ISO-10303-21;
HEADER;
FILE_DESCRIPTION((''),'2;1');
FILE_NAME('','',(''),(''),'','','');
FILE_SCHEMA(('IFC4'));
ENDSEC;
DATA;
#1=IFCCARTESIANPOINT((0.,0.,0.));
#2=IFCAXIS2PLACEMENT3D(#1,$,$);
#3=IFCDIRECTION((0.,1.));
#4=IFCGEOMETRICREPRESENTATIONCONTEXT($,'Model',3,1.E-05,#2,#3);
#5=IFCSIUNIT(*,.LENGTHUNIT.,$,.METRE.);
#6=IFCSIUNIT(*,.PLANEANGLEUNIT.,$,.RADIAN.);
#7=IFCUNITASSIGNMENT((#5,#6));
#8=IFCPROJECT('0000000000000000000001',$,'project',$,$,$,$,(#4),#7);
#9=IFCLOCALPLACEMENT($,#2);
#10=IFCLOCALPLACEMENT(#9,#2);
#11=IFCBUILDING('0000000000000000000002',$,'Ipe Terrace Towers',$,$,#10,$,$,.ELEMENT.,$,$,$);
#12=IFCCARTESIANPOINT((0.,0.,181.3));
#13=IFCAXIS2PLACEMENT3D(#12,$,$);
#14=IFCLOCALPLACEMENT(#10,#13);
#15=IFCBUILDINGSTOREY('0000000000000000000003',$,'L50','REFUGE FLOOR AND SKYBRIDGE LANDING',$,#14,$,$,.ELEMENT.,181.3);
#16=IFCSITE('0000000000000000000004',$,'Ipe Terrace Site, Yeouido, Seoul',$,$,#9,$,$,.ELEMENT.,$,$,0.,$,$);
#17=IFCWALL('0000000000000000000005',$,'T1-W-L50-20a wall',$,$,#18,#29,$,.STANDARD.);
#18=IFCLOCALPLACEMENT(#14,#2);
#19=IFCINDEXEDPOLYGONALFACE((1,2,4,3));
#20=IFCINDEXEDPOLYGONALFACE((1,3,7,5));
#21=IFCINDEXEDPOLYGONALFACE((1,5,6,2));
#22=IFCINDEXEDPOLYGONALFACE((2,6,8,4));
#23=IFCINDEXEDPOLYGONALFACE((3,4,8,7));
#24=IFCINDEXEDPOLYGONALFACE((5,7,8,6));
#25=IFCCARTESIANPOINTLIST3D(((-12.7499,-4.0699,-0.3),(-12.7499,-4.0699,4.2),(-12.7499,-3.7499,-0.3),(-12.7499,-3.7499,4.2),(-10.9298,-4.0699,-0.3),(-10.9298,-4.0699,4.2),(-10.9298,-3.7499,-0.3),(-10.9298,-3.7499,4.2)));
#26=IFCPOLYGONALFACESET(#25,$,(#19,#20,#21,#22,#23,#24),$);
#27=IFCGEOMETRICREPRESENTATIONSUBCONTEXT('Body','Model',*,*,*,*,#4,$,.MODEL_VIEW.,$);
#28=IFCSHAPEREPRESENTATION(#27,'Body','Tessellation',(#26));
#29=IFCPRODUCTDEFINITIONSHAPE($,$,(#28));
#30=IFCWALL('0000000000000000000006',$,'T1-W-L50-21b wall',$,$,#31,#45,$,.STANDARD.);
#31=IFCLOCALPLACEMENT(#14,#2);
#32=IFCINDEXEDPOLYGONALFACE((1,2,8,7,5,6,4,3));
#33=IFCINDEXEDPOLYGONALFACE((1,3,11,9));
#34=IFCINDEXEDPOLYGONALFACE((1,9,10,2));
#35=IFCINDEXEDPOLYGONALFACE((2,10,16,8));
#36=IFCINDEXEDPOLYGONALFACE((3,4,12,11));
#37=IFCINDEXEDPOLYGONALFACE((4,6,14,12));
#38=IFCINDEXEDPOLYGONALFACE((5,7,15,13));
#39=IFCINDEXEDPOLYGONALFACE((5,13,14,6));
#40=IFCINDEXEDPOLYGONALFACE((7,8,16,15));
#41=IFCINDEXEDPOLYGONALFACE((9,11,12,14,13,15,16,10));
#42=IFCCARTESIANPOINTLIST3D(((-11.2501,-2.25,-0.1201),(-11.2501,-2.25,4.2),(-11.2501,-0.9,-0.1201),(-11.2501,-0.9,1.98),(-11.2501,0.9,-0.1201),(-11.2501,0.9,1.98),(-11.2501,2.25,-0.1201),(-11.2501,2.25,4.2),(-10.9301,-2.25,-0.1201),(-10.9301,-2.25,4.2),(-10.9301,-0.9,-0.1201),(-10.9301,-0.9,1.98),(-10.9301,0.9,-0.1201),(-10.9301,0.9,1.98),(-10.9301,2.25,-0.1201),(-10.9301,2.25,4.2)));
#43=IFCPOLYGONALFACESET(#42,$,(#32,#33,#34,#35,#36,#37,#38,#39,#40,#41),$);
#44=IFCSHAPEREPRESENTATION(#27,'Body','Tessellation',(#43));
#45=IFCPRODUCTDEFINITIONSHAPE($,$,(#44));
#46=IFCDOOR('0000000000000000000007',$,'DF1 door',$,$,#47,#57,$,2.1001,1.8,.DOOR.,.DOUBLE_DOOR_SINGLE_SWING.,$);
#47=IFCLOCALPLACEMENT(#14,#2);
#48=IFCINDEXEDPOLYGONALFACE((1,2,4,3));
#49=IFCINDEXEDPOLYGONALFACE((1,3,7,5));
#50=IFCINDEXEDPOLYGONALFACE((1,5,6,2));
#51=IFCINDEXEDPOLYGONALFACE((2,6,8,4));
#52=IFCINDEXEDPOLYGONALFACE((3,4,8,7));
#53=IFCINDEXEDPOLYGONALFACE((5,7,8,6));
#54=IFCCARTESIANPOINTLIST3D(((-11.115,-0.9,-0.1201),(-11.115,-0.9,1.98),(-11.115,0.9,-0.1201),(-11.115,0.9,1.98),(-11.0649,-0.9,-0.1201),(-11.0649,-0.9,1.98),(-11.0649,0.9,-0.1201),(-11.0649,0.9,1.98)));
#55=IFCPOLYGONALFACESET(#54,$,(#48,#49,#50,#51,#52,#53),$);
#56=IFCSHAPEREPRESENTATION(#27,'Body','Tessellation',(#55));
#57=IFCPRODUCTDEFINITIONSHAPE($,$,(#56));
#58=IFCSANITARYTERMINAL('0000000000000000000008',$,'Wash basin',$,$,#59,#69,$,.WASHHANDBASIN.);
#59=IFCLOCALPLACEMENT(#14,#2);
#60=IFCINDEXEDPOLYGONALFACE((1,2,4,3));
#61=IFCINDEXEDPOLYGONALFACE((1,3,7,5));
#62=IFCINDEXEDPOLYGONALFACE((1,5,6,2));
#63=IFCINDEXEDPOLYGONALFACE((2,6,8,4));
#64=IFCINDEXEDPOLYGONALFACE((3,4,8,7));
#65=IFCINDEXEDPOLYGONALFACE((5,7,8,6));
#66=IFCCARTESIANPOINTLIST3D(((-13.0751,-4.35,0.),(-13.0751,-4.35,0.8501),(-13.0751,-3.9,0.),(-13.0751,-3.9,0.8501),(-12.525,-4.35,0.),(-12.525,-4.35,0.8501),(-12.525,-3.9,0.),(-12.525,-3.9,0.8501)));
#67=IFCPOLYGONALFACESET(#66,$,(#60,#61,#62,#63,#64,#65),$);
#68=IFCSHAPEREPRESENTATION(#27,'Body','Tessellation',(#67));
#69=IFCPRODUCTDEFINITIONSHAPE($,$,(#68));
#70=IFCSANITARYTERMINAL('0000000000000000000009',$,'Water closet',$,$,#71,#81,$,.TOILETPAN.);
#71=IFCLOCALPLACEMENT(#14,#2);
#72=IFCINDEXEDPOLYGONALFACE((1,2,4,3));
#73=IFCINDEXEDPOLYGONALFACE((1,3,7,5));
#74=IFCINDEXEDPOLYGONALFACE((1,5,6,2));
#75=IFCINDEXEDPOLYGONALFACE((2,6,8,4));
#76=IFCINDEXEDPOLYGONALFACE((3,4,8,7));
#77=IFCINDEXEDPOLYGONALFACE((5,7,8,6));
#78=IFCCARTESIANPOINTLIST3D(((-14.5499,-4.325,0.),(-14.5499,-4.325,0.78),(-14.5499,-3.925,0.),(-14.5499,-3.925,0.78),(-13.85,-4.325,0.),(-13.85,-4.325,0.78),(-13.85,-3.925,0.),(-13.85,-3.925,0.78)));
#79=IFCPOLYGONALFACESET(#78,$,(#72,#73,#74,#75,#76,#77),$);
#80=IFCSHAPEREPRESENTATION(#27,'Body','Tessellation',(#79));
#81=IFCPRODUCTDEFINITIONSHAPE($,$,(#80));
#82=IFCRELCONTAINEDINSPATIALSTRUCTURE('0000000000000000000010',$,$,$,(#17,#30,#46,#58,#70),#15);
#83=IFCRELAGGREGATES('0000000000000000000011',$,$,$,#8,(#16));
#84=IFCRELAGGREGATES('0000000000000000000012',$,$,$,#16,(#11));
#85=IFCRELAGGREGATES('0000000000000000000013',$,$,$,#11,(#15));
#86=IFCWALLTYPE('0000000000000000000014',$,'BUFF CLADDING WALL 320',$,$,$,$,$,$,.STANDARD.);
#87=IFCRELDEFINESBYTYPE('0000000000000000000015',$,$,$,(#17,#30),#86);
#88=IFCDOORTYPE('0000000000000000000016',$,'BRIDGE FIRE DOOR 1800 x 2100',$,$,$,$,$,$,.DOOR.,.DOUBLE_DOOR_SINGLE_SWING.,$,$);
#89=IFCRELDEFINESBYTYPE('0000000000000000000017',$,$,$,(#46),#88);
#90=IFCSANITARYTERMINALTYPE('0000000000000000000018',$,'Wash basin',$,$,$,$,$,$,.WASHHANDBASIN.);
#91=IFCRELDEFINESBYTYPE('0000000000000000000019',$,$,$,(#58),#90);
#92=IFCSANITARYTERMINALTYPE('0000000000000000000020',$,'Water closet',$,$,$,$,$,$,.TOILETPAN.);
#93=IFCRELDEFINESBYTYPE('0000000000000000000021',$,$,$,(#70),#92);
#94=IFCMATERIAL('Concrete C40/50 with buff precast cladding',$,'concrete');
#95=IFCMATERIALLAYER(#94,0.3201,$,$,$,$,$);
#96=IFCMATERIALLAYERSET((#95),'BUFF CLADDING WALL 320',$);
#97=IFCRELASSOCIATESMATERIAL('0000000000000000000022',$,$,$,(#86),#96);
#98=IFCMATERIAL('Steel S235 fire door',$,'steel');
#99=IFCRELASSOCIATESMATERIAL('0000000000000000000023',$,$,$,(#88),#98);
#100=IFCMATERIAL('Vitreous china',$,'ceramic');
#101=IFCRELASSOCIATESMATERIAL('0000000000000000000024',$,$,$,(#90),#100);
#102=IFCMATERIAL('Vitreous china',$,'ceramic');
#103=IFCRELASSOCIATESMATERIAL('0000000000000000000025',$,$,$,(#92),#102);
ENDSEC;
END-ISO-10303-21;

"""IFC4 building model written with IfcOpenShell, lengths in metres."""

from ifc_helpers import new_model, si_unit, direction, frame, frame_2d, origin, origin_2d, place, context, subcontext, project, spatial, rectangle, extrude, material, layer, layer_set, type_object, element, fill, save


model = new_model("IFC4")

# Units and contexts
model_context = context("Model", 3, precision=1e-05, world=origin(), true_north=direction((0.0, 1.0)))
body_context = subcontext(model_context, "Body", "Model", "MODEL_VIEW")
ifc_project = project(units=[si_unit("LENGTHUNIT", "METRE"), si_unit("PLANEANGLEUNIT", "RADIAN")], contexts=[model_context])

# Site, building, storey
site_placement = place(None, origin())
site = spatial("IfcSite", under=ifc_project, at=site_placement, Name="Ipe Terrace Site, Yeouido, Seoul", CompositionType="ELEMENT", RefElevation=0.0)
building_placement = place(site_placement, origin())
building = spatial("IfcBuilding", under=site, at=building_placement, Name="Ipe Terrace Towers", CompositionType="ELEMENT")
storey_placement = place(building_placement, frame((0.0, 0.0, 181.3)))
storey = spatial("IfcBuildingStorey", under=building, at=storey_placement, Name="L50", Description="REFUGE FLOOR AND SKYBRIDGE LANDING", CompositionType="ELEMENT", Elevation=181.3)

# Wall
ifc_material_1 = material(Name="Concrete C40/50 with buff precast cladding", Category="concrete")
ifc_layer_1 = layer(ifc_material_1, 0.3201)
ifc_layer_set_1 = layer_set([ifc_layer_1], Name="BUFF CLADDING WALL 320")
wall_type = type_object("IfcWallType", Name="BUFF CLADDING WALL 320", PredefinedType="STANDARD", material=ifc_layer_set_1)
wall_1_placement = place(storey_placement, frame((-12.75, -3.9099, -0.3), z_axis=(0.0, 0.0, 1.0), x_axis=(1.0, 0.0, 0.0)))
element("IfcWall", 1, at=wall_1_placement, inside=storey, type_object=wall_type, Name="T1-W-L50-20a wall", PredefinedType="STANDARD", context=body_context, shape_type="SweptSolid", body=[
    extrude(rectangle(XDim=1.8201, YDim=0.3201, at=frame_2d((0.9102, 0.0))), origin(), (0.0, 0.0, 1.0), 4.5),
])

# Wall, opening, door
wall_2_placement = place(storey_placement, frame((-11.0901, -2.25, -0.1201), z_axis=(0.0, 0.0, 1.0), x_axis=(0.0, 1.0, 0.0)))
wall_2 = element("IfcWall", 2, at=wall_2_placement, inside=storey, type_object=wall_type, Name="T1-W-L50-21b wall", PredefinedType="STANDARD", context=body_context, shape_type="SweptSolid", body=[
    extrude(rectangle(XDim=4.5, YDim=0.3201, at=frame_2d((2.25, 0.0))), origin(), (0.0, 0.0, 1.0), 4.3201),
])
opening_placement = place(wall_2_placement, frame((1.3501, 0.0, 0.0)))
opening = element("IfcOpeningElement", 3, at=opening_placement, cuts=wall_2, PredefinedType="OPENING", context=body_context, shape_type="SweptSolid", body=[
    extrude(rectangle(XDim=1.8, YDim=2.1001, at=frame_2d((0.8999, 1.05))), frame((0.0, 0.1699, 0.0), z_axis=(0.0, -1.0, 0.0), x_axis=(1.0, 0.0, 0.0)), (0.0, 0.0, 1.0), 0.3401),
])
ifc_material_2 = material(Name="Steel S235 fire door", Category="steel")
door_type = type_object("IfcDoorType", Name="BRIDGE FIRE DOOR 1800 x 2100", OperationType="DOUBLE_DOOR_SINGLE_SWING", PredefinedType="DOOR", material=ifc_material_2)
door_placement = place(opening_placement, origin())
door = element("IfcDoor", 4, at=door_placement, inside=storey, type_object=door_type, Name="DF1 door", OperationType="DOUBLE_DOOR_SINGLE_SWING", OverallHeight=2.1001, OverallWidth=1.8, PredefinedType="DOOR", context=body_context, shape_type="SweptSolid", body=[
    extrude(rectangle(XDim=1.8, YDim=2.1001, at=frame_2d((0.8999, 1.05))), frame((0.0, 0.0249, 0.0), z_axis=(0.0, -1.0, 0.0), x_axis=(1.0, 0.0, 0.0)), (0.0, 0.0, 1.0), 0.05),
])
fill(opening, door)

# Sanitary terminals
ifc_material_3 = material(Name="Vitreous china", Category="ceramic")
sanitary_terminal_type_1 = type_object("IfcSanitaryTerminalType", Name="Wash basin", PredefinedType="WASHHANDBASIN", material=ifc_material_3)
sanitary_terminal_1_placement = place(storey_placement, frame((-12.8, -4.125, 0.0), z_axis=(0.0, 0.0, 1.0), x_axis=(1.0, 0.0, 0.0)))
element("IfcSanitaryTerminal", 5, at=sanitary_terminal_1_placement, inside=storey, type_object=sanitary_terminal_type_1, Name="Wash basin", PredefinedType="WASHHANDBASIN", context=body_context, shape_type="SweptSolid", body=[
    extrude(rectangle(XDim=0.55, YDim=0.45, at=origin_2d()), origin(), (0.0, 0.0, 1.0), 0.8501),
])
ifc_material_4 = material(Name="Vitreous china", Category="ceramic")
sanitary_terminal_type_2 = type_object("IfcSanitaryTerminalType", Name="Water closet", PredefinedType="TOILETPAN", material=ifc_material_4)
sanitary_terminal_2_placement = place(storey_placement, frame((-14.2, -4.125, 0.0), z_axis=(0.0, 0.0, 1.0), x_axis=(1.0, 0.0, 0.0)))
element("IfcSanitaryTerminal", 6, at=sanitary_terminal_2_placement, inside=storey, type_object=sanitary_terminal_type_2, Name="Water closet", PredefinedType="TOILETPAN", context=body_context, shape_type="SweptSolid", body=[
    extrude(rectangle(XDim=0.7, YDim=0.3999, at=origin_2d()), origin(), (0.0, 0.0, 1.0), 0.78),
])

save(model, "model.ifc")
